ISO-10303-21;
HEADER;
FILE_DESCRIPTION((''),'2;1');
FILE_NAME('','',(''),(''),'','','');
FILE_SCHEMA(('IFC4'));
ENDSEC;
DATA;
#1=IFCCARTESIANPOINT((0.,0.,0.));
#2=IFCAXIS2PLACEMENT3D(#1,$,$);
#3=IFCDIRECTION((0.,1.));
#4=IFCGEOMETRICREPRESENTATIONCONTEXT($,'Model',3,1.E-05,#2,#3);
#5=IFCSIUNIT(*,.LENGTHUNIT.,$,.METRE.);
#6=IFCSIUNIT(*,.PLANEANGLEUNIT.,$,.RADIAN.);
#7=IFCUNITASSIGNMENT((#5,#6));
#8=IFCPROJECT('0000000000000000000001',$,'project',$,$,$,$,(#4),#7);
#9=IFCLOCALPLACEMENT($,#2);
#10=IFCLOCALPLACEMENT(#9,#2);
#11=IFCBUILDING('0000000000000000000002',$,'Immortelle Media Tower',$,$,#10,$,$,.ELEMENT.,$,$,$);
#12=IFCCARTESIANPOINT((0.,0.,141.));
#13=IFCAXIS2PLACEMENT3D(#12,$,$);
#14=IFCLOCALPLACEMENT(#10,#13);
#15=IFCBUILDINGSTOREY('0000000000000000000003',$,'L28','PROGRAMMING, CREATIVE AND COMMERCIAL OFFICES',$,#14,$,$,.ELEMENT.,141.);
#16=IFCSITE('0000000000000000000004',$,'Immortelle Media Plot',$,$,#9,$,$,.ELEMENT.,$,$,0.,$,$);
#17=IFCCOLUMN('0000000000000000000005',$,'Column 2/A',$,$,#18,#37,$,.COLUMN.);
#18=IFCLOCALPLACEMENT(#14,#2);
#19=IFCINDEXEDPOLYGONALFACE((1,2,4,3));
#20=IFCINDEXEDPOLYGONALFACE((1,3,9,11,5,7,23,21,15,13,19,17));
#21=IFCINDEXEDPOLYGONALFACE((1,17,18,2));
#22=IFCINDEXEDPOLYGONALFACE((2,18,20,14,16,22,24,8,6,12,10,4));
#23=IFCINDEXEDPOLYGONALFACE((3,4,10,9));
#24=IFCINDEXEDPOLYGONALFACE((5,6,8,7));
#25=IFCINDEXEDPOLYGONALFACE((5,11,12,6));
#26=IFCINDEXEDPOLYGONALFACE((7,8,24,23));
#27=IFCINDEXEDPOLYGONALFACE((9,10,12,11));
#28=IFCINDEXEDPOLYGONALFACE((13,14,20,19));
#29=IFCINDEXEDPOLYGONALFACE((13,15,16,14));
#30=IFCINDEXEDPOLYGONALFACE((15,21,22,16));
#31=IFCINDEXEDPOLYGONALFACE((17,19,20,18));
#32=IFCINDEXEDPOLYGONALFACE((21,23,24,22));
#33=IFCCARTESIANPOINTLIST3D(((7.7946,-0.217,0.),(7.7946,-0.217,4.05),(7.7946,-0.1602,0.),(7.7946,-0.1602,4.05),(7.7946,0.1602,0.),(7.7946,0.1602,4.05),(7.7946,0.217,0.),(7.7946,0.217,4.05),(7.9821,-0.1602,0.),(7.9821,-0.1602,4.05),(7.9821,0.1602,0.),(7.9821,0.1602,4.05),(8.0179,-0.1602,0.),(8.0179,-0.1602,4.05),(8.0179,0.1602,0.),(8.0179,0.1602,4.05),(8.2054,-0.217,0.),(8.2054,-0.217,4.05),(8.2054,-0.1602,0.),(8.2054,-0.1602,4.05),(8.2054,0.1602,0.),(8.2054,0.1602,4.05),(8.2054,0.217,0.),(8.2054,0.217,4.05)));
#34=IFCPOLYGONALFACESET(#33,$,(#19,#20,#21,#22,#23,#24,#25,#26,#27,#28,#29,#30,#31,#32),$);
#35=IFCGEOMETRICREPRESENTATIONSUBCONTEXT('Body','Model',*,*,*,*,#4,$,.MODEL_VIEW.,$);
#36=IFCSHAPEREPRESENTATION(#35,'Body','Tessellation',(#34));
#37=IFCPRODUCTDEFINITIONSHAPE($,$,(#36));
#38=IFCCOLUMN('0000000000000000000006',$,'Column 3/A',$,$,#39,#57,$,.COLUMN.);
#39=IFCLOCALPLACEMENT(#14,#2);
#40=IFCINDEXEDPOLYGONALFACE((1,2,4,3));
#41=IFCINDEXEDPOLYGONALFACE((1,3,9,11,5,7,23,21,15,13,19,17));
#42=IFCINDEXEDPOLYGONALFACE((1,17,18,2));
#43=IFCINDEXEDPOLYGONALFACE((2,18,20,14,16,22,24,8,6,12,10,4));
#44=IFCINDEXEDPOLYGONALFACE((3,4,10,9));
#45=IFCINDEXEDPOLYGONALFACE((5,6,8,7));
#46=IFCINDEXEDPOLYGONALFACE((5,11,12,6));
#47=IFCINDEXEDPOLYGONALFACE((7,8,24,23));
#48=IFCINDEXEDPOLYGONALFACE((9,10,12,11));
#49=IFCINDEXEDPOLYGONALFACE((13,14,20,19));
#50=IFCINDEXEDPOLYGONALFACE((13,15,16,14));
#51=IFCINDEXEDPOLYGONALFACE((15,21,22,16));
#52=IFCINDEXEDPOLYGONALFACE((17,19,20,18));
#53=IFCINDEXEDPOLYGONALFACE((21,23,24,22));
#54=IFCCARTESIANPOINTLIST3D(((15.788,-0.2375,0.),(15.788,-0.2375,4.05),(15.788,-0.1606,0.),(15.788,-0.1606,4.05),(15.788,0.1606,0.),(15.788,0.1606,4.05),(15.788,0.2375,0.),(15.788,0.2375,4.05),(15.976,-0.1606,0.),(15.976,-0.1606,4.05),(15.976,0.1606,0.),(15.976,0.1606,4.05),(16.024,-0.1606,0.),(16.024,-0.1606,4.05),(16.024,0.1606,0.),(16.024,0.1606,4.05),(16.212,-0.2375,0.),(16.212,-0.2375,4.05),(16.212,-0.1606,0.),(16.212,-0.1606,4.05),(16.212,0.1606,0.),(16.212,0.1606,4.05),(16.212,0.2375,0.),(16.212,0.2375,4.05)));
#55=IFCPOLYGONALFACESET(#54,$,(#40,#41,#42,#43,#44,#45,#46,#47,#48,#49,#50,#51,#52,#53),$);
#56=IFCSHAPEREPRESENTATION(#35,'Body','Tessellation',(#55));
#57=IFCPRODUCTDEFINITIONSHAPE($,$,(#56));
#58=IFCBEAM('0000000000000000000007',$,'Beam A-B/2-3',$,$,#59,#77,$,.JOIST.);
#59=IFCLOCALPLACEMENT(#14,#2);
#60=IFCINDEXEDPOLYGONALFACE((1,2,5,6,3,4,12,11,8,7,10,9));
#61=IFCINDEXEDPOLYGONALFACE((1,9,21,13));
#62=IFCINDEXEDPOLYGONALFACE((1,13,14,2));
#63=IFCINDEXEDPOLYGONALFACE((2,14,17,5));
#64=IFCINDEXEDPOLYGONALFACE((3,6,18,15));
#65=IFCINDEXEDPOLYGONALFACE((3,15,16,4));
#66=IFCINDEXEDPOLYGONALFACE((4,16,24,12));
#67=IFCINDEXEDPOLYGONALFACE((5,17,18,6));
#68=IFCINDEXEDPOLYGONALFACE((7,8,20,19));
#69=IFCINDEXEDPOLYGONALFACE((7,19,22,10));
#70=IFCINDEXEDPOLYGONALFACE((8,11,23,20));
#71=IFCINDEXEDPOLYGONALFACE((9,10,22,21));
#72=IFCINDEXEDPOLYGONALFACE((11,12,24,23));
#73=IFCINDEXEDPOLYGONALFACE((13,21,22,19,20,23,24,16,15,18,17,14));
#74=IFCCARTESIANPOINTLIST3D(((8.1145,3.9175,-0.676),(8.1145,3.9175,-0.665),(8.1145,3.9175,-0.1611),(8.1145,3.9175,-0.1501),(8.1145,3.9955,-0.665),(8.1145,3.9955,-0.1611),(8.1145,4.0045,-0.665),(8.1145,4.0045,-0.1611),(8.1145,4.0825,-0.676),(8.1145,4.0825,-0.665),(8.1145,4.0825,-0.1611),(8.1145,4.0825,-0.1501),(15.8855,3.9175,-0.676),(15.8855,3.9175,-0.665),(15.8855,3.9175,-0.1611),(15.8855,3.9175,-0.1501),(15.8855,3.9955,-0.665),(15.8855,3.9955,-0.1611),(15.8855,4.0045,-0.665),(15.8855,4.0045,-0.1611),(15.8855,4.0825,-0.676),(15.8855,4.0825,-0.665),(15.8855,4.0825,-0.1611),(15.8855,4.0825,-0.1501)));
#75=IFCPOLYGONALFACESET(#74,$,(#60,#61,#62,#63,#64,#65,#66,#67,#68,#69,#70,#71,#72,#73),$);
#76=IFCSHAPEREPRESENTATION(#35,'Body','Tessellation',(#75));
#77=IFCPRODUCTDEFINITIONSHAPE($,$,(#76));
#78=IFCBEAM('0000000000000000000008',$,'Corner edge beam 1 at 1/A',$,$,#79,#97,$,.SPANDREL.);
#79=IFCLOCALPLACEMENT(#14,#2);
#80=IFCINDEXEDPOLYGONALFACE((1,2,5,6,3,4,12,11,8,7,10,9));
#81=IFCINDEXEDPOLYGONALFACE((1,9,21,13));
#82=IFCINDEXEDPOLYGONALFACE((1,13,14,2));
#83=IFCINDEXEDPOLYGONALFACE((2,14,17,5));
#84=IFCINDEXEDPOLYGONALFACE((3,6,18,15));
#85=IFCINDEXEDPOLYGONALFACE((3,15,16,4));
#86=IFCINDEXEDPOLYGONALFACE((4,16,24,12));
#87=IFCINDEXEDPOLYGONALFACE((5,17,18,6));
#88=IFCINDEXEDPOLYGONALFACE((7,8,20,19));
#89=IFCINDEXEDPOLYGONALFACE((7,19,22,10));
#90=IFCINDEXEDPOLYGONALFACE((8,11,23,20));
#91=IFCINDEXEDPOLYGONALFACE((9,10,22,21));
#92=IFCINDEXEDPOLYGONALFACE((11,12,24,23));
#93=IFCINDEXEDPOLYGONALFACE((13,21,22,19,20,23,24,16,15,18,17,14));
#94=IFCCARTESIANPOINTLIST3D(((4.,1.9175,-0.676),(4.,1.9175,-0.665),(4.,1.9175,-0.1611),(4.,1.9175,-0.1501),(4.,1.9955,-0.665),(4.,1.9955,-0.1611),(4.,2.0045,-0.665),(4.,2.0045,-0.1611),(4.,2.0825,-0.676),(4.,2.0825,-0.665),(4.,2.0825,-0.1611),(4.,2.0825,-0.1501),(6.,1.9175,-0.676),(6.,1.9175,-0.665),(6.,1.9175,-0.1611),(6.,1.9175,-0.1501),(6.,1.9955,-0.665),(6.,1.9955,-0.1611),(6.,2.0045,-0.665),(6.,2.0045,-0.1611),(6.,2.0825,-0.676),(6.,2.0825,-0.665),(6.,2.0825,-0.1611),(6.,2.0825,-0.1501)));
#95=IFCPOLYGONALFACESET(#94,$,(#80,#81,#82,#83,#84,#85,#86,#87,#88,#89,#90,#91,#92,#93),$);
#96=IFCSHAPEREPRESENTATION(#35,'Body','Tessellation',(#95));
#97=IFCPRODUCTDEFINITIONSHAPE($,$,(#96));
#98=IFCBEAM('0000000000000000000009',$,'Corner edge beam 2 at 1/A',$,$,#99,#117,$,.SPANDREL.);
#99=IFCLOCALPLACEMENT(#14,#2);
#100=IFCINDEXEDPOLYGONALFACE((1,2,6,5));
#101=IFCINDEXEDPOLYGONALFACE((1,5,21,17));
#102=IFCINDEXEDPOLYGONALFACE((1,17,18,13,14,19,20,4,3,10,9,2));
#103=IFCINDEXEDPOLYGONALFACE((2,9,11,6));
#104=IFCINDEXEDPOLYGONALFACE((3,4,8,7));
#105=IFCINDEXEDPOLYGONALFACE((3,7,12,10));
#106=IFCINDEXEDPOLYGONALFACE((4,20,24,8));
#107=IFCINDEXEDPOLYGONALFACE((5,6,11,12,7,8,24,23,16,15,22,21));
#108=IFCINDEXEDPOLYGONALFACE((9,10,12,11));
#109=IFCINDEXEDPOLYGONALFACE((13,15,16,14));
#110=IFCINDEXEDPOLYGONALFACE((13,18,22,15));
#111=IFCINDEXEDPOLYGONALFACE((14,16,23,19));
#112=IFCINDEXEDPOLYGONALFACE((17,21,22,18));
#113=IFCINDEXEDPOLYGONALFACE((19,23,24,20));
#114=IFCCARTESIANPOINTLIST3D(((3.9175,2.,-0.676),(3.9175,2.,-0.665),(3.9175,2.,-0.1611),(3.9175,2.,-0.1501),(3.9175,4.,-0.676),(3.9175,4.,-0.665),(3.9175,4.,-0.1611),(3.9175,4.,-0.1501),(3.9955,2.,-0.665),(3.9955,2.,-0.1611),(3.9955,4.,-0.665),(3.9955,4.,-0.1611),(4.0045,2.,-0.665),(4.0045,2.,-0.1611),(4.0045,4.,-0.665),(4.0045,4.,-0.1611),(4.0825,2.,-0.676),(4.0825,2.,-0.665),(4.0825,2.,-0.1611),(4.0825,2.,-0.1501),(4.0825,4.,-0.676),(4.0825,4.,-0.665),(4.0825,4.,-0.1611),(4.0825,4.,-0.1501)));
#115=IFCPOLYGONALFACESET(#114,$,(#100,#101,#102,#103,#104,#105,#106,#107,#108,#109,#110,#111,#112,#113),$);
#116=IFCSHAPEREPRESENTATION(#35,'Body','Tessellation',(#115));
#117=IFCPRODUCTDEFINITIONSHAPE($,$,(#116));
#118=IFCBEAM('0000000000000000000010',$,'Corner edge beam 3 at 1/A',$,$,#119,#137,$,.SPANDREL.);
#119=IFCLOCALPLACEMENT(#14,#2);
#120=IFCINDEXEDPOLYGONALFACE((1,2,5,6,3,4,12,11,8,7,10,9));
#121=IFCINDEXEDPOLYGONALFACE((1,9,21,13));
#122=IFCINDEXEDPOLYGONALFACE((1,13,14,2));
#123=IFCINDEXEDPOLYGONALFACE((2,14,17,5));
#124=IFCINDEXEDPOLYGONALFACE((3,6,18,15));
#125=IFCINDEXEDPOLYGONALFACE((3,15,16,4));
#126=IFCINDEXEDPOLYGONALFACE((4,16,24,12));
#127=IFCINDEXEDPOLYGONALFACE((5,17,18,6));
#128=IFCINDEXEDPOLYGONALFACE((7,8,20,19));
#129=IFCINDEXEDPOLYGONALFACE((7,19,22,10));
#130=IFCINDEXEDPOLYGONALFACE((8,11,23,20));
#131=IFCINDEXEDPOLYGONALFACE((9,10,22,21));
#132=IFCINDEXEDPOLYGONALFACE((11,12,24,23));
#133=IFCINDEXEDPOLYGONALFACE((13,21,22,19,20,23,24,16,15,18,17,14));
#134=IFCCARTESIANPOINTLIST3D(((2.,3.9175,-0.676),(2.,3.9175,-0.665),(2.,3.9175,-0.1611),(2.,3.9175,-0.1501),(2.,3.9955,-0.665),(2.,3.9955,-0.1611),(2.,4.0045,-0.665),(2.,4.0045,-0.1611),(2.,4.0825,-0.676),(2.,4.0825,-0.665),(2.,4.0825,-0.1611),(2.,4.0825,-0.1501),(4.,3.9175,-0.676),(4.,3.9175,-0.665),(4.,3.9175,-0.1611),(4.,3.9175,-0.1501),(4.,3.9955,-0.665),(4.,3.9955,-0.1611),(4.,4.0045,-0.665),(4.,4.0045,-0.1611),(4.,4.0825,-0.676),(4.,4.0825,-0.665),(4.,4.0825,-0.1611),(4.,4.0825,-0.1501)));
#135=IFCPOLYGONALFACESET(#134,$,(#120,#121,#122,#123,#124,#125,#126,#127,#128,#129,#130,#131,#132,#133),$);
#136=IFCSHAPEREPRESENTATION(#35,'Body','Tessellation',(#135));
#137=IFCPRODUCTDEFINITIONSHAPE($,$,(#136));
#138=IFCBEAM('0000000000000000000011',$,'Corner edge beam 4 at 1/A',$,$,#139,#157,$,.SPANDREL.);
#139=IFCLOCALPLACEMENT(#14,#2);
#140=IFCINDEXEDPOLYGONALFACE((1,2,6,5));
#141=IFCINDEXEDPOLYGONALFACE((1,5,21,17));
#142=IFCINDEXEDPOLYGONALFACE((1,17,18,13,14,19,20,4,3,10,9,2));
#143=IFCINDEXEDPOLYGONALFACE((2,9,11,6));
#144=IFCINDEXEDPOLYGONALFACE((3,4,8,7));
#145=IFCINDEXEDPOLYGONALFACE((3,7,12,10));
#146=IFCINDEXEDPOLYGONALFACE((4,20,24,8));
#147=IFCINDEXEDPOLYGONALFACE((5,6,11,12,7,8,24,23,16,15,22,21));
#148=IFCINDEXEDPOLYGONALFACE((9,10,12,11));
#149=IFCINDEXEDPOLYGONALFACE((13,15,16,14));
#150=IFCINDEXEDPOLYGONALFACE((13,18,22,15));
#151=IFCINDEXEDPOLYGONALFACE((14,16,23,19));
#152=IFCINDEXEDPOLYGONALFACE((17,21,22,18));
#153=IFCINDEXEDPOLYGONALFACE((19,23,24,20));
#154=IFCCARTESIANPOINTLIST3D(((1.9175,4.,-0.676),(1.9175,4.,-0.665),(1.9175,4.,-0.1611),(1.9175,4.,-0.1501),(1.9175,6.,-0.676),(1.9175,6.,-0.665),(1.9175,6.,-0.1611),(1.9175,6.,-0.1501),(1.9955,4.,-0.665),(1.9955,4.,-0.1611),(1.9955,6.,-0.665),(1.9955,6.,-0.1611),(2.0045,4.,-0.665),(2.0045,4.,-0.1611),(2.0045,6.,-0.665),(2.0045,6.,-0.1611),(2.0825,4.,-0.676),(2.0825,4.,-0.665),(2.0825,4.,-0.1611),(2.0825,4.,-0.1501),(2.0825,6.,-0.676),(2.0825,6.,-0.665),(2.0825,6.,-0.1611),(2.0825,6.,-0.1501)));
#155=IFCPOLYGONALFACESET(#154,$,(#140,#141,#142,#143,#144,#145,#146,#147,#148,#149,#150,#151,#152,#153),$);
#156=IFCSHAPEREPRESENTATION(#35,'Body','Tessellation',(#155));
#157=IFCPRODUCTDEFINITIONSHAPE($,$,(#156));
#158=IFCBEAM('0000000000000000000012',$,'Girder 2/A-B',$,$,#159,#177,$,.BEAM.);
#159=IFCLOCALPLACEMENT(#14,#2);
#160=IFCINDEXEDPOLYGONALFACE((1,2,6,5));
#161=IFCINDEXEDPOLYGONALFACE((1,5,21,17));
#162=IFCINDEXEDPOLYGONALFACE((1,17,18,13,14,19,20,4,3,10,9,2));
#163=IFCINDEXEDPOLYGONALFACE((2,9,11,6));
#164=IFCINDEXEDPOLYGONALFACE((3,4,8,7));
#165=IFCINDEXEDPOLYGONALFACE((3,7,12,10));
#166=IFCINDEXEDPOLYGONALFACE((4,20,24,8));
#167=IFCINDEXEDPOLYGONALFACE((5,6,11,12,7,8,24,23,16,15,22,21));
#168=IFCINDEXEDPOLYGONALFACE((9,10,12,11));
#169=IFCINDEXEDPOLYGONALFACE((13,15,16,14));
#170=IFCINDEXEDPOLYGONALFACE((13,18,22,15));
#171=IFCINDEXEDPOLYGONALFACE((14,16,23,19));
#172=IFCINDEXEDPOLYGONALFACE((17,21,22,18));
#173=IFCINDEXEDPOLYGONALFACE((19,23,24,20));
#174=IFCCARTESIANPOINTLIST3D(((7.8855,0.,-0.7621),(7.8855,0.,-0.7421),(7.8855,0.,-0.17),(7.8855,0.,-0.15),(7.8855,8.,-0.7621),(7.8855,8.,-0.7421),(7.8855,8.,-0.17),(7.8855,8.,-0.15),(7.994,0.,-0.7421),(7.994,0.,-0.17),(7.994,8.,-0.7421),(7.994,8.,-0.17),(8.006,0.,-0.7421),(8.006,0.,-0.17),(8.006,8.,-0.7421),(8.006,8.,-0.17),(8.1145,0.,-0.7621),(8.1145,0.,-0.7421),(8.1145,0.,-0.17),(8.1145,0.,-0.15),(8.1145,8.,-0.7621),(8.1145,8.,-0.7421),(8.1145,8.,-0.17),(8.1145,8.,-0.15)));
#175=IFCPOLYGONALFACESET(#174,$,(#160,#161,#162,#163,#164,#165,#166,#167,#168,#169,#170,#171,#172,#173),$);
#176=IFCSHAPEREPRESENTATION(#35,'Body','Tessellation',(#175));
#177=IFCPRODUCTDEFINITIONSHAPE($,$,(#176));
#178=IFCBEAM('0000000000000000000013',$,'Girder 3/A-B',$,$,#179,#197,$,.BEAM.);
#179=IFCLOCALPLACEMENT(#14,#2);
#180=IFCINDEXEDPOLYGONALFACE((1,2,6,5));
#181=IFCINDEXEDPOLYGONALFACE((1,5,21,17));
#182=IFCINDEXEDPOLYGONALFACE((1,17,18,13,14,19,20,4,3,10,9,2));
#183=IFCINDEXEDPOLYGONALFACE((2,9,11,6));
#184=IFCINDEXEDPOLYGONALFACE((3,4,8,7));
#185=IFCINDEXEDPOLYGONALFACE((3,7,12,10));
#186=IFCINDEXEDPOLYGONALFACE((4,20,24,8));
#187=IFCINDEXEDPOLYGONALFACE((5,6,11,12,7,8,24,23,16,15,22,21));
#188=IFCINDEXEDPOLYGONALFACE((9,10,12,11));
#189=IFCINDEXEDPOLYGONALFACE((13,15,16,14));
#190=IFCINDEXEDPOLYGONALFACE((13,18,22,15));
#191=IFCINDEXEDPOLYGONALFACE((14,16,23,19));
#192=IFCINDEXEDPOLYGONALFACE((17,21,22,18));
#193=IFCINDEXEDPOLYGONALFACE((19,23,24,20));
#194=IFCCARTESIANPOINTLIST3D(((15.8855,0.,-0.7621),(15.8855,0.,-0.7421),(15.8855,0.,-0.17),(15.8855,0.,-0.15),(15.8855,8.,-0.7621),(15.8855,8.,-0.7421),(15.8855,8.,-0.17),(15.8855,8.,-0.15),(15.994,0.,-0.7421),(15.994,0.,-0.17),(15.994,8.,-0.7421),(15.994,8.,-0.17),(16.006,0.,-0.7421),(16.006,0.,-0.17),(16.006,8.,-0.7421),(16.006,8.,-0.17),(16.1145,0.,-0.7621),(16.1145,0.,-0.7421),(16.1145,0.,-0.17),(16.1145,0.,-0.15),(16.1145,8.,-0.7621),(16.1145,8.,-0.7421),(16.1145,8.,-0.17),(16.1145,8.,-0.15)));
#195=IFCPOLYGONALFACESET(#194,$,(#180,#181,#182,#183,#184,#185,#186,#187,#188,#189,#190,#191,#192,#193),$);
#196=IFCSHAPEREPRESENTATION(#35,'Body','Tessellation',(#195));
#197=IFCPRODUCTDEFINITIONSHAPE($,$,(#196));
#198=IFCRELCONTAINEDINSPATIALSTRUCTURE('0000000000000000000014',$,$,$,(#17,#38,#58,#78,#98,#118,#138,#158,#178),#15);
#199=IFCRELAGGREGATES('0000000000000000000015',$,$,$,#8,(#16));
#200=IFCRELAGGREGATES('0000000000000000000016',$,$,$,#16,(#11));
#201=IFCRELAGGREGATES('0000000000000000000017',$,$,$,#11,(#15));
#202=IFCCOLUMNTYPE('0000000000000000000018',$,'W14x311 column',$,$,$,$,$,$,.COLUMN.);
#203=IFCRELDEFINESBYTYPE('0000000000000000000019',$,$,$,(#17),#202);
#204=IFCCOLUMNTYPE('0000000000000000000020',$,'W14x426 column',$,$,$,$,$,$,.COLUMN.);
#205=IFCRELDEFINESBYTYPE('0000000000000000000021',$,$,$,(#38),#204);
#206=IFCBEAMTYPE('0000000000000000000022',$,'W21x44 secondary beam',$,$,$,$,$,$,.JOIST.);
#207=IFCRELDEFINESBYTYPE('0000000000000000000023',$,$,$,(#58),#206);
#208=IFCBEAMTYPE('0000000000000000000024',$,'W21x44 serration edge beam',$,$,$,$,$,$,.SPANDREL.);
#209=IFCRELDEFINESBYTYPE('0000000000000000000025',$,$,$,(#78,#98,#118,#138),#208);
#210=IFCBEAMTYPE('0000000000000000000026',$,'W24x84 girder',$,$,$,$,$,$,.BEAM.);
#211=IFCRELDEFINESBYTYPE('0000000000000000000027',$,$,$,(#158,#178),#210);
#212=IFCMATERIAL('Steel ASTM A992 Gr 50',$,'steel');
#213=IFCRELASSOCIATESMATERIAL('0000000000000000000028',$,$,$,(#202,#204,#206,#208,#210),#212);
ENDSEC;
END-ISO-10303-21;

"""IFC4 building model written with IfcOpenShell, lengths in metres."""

from ifc_helpers import new_model, si_unit, direction, frame, origin, origin_2d, place, context, subcontext, project, spatial, i_section, extrude, material, material_profile, profile_set, type_object, element, save


model = new_model("IFC4")

# Units and contexts
model_context = context("Model", 3, precision=1e-05, world=origin(), true_north=direction((0.0, 1.0)))
body_context = subcontext(model_context, "Body", "Model", "MODEL_VIEW")
ifc_project = project(units=[si_unit("LENGTHUNIT", "METRE"), si_unit("PLANEANGLEUNIT", "RADIAN")], contexts=[model_context])

# Site, building, storey
site_placement = place(None, origin())
site = spatial("IfcSite", under=ifc_project, at=site_placement, Name="Immortelle Media Plot", CompositionType="ELEMENT", RefElevation=0.0)
building_placement = place(site_placement, origin())
building = spatial("IfcBuilding", under=site, at=building_placement, Name="Immortelle Media Tower", CompositionType="ELEMENT")
storey_placement = place(building_placement, frame((0.0, 0.0, 141.0)))
storey = spatial("IfcBuildingStorey", under=building, at=storey_placement, Name="L28", Description="PROGRAMMING, CREATIVE AND COMMERCIAL OFFICES", CompositionType="ELEMENT", Elevation=141.0)

# Columns
ifc_material_1 = material(Name="Steel ASTM A992 Gr 50", Category="steel")
ifc_material_profile_1 = material_profile(ifc_material_1, i_section(OverallWidth=0.4109, OverallDepth=0.4341, WebThickness=0.0359, FlangeThickness=0.0569, at=origin_2d()), Name="W14x311")
ifc_profile_set_1 = profile_set([ifc_material_profile_1], Name="Steel ASTM A992 Gr 50")
column_type_1 = type_object("IfcColumnType", Name="W14x311 column", PredefinedType="COLUMN", material=ifc_profile_set_1)
column_1_placement = place(storey_placement, frame((8.0, 0.0, 0.0), z_axis=(0.0, 0.0, 1.0), x_axis=(1.0, 0.0, 0.0)))
element("IfcColumn", 1, at=column_1_placement, inside=storey, type_object=column_type_1, Name="Column 2/A", PredefinedType="COLUMN", context=body_context, shape_type="SweptSolid", body=[
    extrude(i_section(OverallWidth=0.4109, OverallDepth=0.4341, WebThickness=0.0359, FlangeThickness=0.0569, at=origin_2d()), origin(), (0.0, 0.0, 1.0), 4.05),
])
ifc_material_profile_2 = material_profile(ifc_material_1, i_section(OverallWidth=0.4241, OverallDepth=0.4751, WebThickness=0.0481, FlangeThickness=0.0769, at=origin_2d()), Name="W14x426")
ifc_profile_set_2 = profile_set([ifc_material_profile_2], Name="Steel ASTM A992 Gr 50")
column_type_2 = type_object("IfcColumnType", Name="W14x426 column", PredefinedType="COLUMN", material=ifc_profile_set_2)
column_2_placement = place(storey_placement, frame((16.0, 0.0, 0.0), z_axis=(0.0, 0.0, 1.0), x_axis=(1.0, 0.0, 0.0)))
element("IfcColumn", 2, at=column_2_placement, inside=storey, type_object=column_type_2, Name="Column 3/A", PredefinedType="COLUMN", context=body_context, shape_type="SweptSolid", body=[
    extrude(i_section(OverallWidth=0.4241, OverallDepth=0.4751, WebThickness=0.0481, FlangeThickness=0.0769, at=origin_2d()), origin(), (0.0, 0.0, 1.0), 4.05),
])

# Beams
ifc_material_profile_3 = material_profile(ifc_material_1, i_section(OverallWidth=0.165, OverallDepth=0.5259, WebThickness=0.009, FlangeThickness=0.011, at=origin_2d()), Name="W21x44")
ifc_profile_set_3 = profile_set([ifc_material_profile_3], Name="Steel ASTM A992 Gr 50")
beam_type_1 = type_object("IfcBeamType", Name="W21x44 secondary beam", PredefinedType="JOIST", material=ifc_profile_set_3)
beam_1_placement = place(storey_placement, frame((8.1145, 4.0, -0.4131), z_axis=(1.0, 0.0, 0.0), x_axis=(0.0, 1.0, 0.0)))
element("IfcBeam", 3, at=beam_1_placement, inside=storey, type_object=beam_type_1, Name="Beam A-B/2-3", PredefinedType="JOIST", context=body_context, shape_type="SweptSolid", body=[
    extrude(i_section(OverallWidth=0.165, OverallDepth=0.5259, WebThickness=0.009, FlangeThickness=0.011, at=origin_2d()), origin(), (0.0, 0.0, 1.0), 7.771),
])
ifc_material_profile_4 = material_profile(ifc_material_1, i_section(OverallWidth=0.165, OverallDepth=0.5259, WebThickness=0.009, FlangeThickness=0.011, at=origin_2d()), Name="W21x44")
ifc_profile_set_4 = profile_set([ifc_material_profile_4], Name="Steel ASTM A992 Gr 50")
beam_type_2 = type_object("IfcBeamType", Name="W21x44 serration edge beam", PredefinedType="SPANDREL", material=ifc_profile_set_4)
for number, where, z_axis, x_axis, name in (
    (4, (6.0, 2.0, -0.4131), (-1.0, 0.0, 0.0), (0.0, -1.0, 0.0), "Corner edge beam 1 at 1/A"),
    (5, (4.0, 2.0, -0.4131), (0.0, 1.0, 0.0), (-1.0, 0.0, 0.0), "Corner edge beam 2 at 1/A"),
    (6, (4.0, 4.0, -0.4131), (-1.0, 0.0, 0.0), (0.0, -1.0, 0.0), "Corner edge beam 3 at 1/A"),
    (7, (2.0, 4.0, -0.4131), (0.0, 1.0, 0.0), (-1.0, 0.0, 0.0), "Corner edge beam 4 at 1/A"),
):
    element("IfcBeam", number, at=place(storey_placement, frame(where, z_axis=z_axis, x_axis=x_axis)), inside=storey, type_object=beam_type_2, Name=name, PredefinedType="SPANDREL", context=body_context, shape_type="SweptSolid", body=[
        extrude(i_section(OverallWidth=0.165, OverallDepth=0.5259, WebThickness=0.009, FlangeThickness=0.011, at=origin_2d()), origin(), (0.0, 0.0, 1.0), 2.0),
    ])
ifc_material_profile_5 = material_profile(ifc_material_1, i_section(OverallWidth=0.229, OverallDepth=0.6121, WebThickness=0.012, FlangeThickness=0.02, at=origin_2d()), Name="W24x84")
ifc_profile_set_5 = profile_set([ifc_material_profile_5], Name="Steel ASTM A992 Gr 50")
beam_type_3 = type_object("IfcBeamType", Name="W24x84 girder", PredefinedType="BEAM", material=ifc_profile_set_5)
for number, where, z_axis, x_axis, name in (
    (8, (8.0, 0.0, -0.4561), (0.0, 1.0, 0.0), (-1.0, 0.0, 0.0), "Girder 2/A-B"),
    (9, (16.0, 0.0, -0.4561), (0.0, 1.0, 0.0), (-1.0, 0.0, 0.0), "Girder 3/A-B"),
):
    element("IfcBeam", number, at=place(storey_placement, frame(where, z_axis=z_axis, x_axis=x_axis)), inside=storey, type_object=beam_type_3, Name=name, PredefinedType="BEAM", context=body_context, shape_type="SweptSolid", body=[
        extrude(i_section(OverallWidth=0.229, OverallDepth=0.6121, WebThickness=0.012, FlangeThickness=0.02, at=origin_2d()), origin(), (0.0, 0.0, 1.0), 8.0),
    ])

save(model, "model.ifc")
